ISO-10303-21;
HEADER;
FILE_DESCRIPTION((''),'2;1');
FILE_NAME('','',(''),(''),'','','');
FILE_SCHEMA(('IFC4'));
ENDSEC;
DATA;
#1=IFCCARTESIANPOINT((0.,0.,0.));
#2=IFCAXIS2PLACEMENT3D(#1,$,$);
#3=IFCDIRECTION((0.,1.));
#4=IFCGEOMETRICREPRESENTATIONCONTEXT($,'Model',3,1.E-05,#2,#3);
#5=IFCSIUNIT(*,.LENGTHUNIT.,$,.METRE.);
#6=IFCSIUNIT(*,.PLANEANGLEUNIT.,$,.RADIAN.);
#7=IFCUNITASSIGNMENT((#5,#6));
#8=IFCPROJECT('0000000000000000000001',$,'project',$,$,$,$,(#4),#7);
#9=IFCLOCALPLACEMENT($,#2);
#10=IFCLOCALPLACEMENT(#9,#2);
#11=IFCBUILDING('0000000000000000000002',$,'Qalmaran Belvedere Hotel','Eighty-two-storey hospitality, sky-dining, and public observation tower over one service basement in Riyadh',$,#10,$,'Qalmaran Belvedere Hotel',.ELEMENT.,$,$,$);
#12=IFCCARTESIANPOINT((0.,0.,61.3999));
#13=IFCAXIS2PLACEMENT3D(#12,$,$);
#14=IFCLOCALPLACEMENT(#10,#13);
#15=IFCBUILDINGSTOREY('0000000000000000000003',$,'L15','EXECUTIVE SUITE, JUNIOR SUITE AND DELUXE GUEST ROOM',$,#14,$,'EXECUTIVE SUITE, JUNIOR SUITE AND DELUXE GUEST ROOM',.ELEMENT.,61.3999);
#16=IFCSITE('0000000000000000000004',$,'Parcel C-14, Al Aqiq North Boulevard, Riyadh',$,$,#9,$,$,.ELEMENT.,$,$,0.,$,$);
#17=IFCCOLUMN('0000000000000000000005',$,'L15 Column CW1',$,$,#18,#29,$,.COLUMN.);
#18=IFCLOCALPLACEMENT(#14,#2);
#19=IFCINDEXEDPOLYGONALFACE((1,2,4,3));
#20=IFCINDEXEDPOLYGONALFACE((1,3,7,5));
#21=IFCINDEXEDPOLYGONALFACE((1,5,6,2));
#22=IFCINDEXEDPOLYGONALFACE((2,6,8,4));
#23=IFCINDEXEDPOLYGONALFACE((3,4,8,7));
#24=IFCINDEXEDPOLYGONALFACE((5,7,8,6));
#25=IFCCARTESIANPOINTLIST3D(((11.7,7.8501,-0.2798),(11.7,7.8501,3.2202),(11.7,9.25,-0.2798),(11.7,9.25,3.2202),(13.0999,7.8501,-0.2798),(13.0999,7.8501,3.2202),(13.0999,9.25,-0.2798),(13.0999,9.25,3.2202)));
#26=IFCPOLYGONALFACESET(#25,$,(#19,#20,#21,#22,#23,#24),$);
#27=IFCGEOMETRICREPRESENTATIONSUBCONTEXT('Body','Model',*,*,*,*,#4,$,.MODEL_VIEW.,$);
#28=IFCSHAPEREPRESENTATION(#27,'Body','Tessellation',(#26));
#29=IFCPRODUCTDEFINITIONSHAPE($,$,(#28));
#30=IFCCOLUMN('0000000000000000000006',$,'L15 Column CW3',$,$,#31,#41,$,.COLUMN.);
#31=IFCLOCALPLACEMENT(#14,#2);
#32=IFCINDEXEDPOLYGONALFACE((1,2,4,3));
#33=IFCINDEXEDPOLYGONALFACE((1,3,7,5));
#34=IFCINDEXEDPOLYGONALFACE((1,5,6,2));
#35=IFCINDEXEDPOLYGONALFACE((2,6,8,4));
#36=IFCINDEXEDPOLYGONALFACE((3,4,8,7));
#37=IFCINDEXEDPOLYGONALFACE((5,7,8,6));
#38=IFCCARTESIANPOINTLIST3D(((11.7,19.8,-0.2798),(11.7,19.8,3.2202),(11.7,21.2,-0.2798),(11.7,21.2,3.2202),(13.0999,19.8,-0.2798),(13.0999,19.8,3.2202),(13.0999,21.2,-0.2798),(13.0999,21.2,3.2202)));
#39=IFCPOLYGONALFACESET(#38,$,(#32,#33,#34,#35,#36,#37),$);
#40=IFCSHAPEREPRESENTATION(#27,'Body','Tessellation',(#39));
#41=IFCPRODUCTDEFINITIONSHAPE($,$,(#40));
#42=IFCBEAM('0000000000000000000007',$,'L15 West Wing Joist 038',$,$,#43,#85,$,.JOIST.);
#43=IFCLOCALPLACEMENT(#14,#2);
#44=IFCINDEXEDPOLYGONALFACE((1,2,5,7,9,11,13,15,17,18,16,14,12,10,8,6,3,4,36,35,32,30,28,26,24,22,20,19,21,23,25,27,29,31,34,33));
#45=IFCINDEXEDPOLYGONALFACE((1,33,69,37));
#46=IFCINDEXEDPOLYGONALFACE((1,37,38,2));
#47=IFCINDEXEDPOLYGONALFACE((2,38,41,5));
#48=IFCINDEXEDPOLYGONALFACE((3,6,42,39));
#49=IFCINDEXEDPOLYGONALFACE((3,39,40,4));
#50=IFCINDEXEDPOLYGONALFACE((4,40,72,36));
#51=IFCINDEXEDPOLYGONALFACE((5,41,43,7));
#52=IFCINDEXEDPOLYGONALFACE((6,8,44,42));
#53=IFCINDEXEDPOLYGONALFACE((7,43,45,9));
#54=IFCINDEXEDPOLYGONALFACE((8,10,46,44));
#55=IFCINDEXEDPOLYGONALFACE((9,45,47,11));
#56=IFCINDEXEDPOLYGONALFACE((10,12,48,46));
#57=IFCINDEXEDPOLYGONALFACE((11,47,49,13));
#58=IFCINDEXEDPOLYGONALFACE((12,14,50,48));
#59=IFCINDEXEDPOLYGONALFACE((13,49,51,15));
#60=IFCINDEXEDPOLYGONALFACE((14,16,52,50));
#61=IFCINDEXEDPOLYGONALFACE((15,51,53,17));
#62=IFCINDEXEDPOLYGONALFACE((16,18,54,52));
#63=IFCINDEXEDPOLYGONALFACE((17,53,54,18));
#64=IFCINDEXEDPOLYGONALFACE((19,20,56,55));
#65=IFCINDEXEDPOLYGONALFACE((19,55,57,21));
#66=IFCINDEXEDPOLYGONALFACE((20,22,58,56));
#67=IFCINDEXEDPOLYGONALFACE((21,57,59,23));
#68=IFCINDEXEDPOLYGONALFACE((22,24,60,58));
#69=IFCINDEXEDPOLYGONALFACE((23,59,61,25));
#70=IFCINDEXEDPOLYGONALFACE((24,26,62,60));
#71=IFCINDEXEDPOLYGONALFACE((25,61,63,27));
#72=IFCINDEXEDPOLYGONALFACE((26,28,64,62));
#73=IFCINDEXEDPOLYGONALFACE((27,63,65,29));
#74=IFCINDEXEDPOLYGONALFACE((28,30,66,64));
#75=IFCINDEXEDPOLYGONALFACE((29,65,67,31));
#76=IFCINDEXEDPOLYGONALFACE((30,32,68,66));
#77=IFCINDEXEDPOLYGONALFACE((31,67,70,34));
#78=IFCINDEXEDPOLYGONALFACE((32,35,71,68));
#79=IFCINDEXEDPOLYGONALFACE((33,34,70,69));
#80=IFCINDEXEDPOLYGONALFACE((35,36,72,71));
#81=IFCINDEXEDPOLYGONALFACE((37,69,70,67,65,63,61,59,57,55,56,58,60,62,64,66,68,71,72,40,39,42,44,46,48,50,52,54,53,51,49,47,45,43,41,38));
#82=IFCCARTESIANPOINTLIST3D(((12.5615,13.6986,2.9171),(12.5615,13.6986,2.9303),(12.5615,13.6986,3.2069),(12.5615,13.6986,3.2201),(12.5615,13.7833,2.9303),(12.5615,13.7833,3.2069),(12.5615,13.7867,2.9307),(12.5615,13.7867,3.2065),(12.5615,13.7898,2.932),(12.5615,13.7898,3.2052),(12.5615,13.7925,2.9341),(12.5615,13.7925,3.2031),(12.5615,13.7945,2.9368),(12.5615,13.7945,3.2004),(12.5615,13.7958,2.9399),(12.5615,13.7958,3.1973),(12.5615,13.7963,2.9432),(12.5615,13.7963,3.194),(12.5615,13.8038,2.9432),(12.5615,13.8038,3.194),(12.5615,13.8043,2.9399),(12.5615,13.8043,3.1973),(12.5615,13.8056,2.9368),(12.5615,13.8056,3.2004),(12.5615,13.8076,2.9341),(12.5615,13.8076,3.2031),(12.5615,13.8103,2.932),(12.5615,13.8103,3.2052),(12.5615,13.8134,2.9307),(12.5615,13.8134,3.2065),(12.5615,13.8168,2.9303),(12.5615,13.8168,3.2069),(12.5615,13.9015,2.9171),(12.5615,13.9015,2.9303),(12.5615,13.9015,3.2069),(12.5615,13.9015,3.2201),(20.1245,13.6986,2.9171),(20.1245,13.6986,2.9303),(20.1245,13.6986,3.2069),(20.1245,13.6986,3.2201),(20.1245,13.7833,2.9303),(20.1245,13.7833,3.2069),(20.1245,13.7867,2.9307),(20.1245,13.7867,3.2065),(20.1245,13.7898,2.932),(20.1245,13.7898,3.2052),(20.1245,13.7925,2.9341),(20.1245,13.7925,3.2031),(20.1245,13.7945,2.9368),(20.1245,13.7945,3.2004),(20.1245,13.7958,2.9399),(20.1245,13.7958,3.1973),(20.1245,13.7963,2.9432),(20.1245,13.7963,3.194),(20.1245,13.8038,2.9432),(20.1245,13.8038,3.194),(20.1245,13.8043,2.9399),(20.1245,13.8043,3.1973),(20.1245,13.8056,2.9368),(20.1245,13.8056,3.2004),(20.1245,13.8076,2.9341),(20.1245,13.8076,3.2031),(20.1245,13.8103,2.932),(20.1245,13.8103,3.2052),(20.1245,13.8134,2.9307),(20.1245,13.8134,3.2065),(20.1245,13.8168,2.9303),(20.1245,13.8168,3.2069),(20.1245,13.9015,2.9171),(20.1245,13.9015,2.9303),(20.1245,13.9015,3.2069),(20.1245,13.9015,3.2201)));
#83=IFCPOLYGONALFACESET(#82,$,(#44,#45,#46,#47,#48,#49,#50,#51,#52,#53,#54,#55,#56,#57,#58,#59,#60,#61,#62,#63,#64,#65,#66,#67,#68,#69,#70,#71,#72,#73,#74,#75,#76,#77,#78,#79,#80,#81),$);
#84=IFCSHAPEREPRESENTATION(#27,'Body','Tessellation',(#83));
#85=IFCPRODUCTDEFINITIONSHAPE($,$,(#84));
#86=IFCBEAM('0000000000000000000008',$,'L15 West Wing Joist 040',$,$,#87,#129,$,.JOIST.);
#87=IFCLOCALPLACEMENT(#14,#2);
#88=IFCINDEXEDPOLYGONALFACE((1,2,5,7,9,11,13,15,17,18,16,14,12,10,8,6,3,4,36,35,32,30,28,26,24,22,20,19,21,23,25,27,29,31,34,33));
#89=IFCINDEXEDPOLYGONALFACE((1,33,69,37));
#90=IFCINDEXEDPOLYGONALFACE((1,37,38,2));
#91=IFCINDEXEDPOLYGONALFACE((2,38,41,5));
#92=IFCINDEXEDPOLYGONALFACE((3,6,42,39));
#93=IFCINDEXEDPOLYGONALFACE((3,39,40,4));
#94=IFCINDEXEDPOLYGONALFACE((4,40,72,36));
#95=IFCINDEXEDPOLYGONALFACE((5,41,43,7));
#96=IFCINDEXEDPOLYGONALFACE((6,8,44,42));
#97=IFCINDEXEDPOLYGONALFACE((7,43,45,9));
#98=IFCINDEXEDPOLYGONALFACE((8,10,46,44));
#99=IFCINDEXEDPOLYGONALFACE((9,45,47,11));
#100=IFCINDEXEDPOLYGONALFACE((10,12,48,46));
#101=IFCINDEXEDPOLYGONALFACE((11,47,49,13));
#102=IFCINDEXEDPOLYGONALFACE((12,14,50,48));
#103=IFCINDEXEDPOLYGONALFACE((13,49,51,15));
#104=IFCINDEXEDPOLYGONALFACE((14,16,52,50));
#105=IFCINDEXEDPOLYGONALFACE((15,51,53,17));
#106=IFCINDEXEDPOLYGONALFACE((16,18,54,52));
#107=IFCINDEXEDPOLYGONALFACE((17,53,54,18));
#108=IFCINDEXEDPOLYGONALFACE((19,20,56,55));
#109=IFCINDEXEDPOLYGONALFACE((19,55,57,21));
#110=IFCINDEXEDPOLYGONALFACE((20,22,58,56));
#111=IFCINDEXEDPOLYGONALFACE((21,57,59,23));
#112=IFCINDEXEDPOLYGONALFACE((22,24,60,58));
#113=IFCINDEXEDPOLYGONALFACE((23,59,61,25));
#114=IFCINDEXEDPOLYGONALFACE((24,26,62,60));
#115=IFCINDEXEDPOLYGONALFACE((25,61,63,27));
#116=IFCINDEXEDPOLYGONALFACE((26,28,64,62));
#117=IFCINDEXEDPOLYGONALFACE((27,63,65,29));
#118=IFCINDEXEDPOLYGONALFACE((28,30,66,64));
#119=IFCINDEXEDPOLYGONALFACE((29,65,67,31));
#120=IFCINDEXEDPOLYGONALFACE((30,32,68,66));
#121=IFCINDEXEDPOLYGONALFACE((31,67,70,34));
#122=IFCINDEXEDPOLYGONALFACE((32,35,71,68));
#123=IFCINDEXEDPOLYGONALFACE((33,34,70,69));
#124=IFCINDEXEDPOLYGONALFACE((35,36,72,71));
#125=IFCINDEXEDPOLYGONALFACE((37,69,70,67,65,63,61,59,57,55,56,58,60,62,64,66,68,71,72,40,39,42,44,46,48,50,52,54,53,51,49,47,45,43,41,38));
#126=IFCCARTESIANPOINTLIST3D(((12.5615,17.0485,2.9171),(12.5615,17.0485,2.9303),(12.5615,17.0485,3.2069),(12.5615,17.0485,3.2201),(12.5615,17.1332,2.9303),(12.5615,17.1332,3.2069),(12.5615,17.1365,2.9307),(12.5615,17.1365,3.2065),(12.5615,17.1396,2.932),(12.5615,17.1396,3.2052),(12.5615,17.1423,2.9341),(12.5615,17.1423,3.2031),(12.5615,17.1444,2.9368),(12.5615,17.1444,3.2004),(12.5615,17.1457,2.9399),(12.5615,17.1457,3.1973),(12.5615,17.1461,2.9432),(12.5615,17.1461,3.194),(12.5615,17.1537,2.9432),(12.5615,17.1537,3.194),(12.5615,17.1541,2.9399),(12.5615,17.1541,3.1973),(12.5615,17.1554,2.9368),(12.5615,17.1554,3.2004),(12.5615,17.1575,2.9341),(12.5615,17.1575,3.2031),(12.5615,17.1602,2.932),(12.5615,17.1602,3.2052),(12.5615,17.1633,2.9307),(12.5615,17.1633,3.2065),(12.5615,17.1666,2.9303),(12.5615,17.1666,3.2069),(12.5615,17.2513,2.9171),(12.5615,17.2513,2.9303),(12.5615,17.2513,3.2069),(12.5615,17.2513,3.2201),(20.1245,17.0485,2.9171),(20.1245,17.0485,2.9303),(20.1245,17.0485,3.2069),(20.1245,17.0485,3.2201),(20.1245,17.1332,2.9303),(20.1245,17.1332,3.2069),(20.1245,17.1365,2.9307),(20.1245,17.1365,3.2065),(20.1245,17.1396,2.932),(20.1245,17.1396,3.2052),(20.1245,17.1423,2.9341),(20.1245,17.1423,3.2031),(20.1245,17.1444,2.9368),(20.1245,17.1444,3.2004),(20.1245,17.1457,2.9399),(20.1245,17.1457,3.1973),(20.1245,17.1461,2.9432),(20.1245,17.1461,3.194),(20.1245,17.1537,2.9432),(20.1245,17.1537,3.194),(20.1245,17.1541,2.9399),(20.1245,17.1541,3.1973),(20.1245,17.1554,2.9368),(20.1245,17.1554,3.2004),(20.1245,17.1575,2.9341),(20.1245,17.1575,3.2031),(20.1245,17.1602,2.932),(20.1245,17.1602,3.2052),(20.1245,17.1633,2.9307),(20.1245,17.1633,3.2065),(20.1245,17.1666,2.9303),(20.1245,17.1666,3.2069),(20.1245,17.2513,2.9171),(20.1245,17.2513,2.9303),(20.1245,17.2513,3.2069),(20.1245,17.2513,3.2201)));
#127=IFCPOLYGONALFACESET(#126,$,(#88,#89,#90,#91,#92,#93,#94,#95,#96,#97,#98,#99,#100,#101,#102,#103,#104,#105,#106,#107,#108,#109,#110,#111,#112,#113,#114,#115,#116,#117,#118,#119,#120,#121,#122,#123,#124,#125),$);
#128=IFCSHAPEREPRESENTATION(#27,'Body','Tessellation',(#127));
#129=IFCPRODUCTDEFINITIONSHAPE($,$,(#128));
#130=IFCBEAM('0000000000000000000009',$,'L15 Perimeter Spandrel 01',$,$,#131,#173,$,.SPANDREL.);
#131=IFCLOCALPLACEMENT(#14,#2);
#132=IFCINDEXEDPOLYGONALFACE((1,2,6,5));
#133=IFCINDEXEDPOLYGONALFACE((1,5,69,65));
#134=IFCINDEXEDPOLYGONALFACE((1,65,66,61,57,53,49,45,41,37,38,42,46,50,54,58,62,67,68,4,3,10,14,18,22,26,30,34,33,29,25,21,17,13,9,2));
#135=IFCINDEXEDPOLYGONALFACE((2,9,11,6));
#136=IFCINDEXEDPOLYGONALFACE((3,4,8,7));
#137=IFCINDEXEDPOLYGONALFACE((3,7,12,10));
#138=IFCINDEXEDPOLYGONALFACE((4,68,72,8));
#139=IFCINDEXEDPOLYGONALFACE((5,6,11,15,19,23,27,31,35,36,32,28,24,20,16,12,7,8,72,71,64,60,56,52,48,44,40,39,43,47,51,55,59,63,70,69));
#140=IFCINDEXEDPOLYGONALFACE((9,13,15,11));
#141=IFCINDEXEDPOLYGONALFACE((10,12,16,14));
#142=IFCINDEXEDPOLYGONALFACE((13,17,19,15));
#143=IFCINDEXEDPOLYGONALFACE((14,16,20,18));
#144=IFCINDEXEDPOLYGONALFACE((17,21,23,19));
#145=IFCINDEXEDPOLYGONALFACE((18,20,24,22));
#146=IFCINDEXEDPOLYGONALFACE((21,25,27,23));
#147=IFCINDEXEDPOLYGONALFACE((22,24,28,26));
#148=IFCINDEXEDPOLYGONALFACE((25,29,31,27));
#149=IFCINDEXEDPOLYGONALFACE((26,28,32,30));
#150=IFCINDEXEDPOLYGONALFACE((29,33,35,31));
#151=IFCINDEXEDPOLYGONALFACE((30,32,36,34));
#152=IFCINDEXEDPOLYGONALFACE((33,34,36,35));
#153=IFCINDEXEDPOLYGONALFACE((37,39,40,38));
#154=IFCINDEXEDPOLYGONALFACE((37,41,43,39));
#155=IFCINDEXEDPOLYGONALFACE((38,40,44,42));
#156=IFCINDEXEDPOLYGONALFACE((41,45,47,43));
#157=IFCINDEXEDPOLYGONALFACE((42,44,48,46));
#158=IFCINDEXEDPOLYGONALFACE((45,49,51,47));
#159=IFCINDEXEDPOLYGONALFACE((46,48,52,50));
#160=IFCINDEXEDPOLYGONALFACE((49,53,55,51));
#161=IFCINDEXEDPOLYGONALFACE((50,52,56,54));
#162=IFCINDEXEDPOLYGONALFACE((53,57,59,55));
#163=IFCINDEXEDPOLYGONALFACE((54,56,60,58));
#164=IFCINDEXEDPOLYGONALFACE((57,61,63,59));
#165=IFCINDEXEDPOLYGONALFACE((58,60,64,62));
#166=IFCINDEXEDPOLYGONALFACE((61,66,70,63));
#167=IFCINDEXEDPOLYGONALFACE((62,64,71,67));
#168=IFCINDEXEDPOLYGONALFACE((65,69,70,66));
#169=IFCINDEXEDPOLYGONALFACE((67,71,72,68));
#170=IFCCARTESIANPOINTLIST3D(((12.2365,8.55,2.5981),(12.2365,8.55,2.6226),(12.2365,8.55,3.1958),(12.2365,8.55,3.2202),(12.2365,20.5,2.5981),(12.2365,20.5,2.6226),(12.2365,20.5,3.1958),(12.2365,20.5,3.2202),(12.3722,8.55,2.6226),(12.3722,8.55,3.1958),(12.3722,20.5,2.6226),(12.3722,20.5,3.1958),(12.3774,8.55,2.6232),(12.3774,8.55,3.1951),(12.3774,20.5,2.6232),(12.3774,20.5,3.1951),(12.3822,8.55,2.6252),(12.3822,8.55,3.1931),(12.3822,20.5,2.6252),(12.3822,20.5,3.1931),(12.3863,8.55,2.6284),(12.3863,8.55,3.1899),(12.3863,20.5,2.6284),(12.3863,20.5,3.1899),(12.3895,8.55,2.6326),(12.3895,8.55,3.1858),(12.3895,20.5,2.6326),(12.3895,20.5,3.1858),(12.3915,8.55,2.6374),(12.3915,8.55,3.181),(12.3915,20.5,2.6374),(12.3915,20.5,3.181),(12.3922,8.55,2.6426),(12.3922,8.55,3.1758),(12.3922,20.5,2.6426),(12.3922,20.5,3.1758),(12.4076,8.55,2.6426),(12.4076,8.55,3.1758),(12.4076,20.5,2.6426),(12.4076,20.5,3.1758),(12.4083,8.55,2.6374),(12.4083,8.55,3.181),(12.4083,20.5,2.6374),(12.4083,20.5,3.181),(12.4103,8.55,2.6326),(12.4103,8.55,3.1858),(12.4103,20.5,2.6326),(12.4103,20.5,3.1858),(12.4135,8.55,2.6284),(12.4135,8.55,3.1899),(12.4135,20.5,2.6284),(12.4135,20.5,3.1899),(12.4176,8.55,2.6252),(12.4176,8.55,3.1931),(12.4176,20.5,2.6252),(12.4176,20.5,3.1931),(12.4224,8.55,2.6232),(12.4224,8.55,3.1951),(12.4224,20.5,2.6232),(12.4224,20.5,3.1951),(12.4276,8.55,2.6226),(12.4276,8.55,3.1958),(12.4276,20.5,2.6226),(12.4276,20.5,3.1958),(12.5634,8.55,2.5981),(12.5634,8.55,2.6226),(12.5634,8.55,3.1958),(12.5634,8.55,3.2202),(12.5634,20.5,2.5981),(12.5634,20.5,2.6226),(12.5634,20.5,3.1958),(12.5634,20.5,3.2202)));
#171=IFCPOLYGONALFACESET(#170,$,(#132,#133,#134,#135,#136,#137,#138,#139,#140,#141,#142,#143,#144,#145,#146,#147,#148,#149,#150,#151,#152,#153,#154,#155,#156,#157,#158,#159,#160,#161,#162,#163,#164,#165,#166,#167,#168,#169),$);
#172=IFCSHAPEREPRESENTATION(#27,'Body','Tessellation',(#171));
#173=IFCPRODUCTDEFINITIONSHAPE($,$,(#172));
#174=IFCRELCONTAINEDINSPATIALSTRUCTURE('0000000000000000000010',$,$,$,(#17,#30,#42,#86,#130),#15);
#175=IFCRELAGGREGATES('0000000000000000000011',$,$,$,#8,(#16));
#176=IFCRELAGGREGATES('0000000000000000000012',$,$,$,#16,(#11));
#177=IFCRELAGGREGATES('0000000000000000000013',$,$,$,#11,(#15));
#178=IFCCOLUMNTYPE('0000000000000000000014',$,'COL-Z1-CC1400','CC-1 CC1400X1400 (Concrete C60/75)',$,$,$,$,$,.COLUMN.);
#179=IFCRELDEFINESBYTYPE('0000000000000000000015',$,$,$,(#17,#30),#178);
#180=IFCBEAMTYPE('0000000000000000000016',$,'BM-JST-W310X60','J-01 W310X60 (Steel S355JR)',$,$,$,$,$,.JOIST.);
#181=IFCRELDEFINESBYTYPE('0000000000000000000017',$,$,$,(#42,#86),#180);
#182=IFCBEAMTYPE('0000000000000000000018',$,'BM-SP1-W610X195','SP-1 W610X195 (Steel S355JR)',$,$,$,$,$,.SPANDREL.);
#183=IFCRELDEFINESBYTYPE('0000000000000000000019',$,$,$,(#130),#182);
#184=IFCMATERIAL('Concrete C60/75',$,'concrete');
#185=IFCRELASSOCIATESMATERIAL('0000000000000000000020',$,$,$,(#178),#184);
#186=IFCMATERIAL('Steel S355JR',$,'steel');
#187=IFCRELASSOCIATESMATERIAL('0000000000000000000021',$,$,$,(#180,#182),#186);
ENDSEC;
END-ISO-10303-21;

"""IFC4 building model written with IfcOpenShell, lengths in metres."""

from ifc_helpers import new_model, si_unit, direction, frame, origin, origin_2d, place, context, subcontext, project, spatial, rectangle, i_section, extrude, material, material_profile, profile_set, type_object, element, save


model = new_model("IFC4")

# Units and contexts
model_context = context("Model", 3, precision=1e-05, world=origin(), true_north=direction((0.0, 1.0)))
body_context = subcontext(model_context, "Body", "Model", "MODEL_VIEW")
ifc_project = project(units=[si_unit("LENGTHUNIT", "METRE"), si_unit("PLANEANGLEUNIT", "RADIAN")], contexts=[model_context])

# Site, building, storey
site_placement = place(None, origin())
site = spatial("IfcSite", under=ifc_project, at=site_placement, Name="Parcel C-14, Al Aqiq North Boulevard, Riyadh", CompositionType="ELEMENT", RefElevation=0.0)
building_placement = place(site_placement, origin())
building = spatial("IfcBuilding", under=site, at=building_placement, Name="Qalmaran Belvedere Hotel", Description="Eighty-two-storey hospitality, sky-dining, and public observation tower over one service basement in Riyadh", LongName="Qalmaran Belvedere Hotel", CompositionType="ELEMENT")
storey_placement = place(building_placement, frame((0.0, 0.0, 61.3999)))
storey = spatial("IfcBuildingStorey", under=building, at=storey_placement, Name="L15", Description="EXECUTIVE SUITE, JUNIOR SUITE AND DELUXE GUEST ROOM", LongName="EXECUTIVE SUITE, JUNIOR SUITE AND DELUXE GUEST ROOM", CompositionType="ELEMENT", Elevation=61.3999)

# Columns
ifc_material_1 = material(Name="Concrete C60/75", Category="concrete")
ifc_material_profile_1 = material_profile(ifc_material_1, rectangle(XDim=1.3999, YDim=1.3999, at=origin_2d()), Name="CC1400X1400")
ifc_profile_set_1 = profile_set([ifc_material_profile_1], Name="Concrete C60/75")
column_type = type_object("IfcColumnType", Name="COL-Z1-CC1400", Description="CC-1 CC1400X1400 (Concrete C60/75)", PredefinedType="COLUMN", material=ifc_profile_set_1)
for number, where, z_axis, x_axis, name in (
    (1, (12.3999, 8.55, -0.2798), (0.0, 0.0, 1.0), (1.0, 0.0, 0.0), "L15 Column CW1"),
    (2, (12.3999, 20.5, -0.2798), (0.0, 0.0, 1.0), (1.0, 0.0, 0.0), "L15 Column CW3"),
):
    element("IfcColumn", number, at=place(storey_placement, frame(where, z_axis=z_axis, x_axis=x_axis)), inside=storey, type_object=column_type, Name=name, PredefinedType="COLUMN", context=body_context, shape_type="SweptSolid", body=[
        extrude(rectangle(XDim=1.3999, YDim=1.3999, at=origin_2d()), origin(), (0.0, 0.0, 1.0), 3.5),
    ])

# Beams
ifc_material_2 = material(Name="Steel S355JR", Category="steel")
ifc_material_profile_2 = material_profile(ifc_material_2, i_section(OverallWidth=0.2029, OverallDepth=0.303, WebThickness=0.0076, FlangeThickness=0.0132, FilletRadius=0.0129, at=origin_2d()), Name="W310X60")
ifc_profile_set_2 = profile_set([ifc_material_profile_2], Name="Steel S355JR")
beam_type_1 = type_object("IfcBeamType", Name="BM-JST-W310X60", Description="J-01 W310X60 (Steel S355JR)", PredefinedType="JOIST", material=ifc_profile_set_2)
for number, where, z_axis, x_axis, name in (
    (3, (12.5615, 13.8, 3.0686), (1.0, 0.0, 0.0), (0.0, 1.0, 0.0), "L15 West Wing Joist 038"),
    (4, (12.5615, 17.1499, 3.0686), (1.0, 0.0, 0.0), (0.0, 1.0, 0.0), "L15 West Wing Joist 040"),
):
    element("IfcBeam", number, at=place(storey_placement, frame(where, z_axis=z_axis, x_axis=x_axis)), inside=storey, type_object=beam_type_1, Name=name, PredefinedType="JOIST", context=body_context, shape_type="SweptSolid", body=[
        extrude(i_section(OverallWidth=0.2029, OverallDepth=0.303, WebThickness=0.0076, FlangeThickness=0.0132, FilletRadius=0.0129, at=origin_2d()), origin(), (0.0, 0.0, 1.0), 7.563),
    ])
ifc_material_profile_3 = material_profile(ifc_material_2, i_section(OverallWidth=0.3269, OverallDepth=0.6221, WebThickness=0.0154, FlangeThickness=0.0244, FilletRadius=0.02, at=origin_2d()), Name="W610X195")
ifc_profile_set_3 = profile_set([ifc_material_profile_3], Name="Steel S355JR")
beam_type_2 = type_object("IfcBeamType", Name="BM-SP1-W610X195", Description="SP-1 W610X195 (Steel S355JR)", PredefinedType="SPANDREL", material=ifc_profile_set_3)
beam_1_placement = place(storey_placement, frame((12.3999, 8.55, 2.9092), z_axis=(0.0, 1.0, 0.0), x_axis=(-1.0, 0.0, 0.0)))
element("IfcBeam", 5, at=beam_1_placement, inside=storey, type_object=beam_type_2, Name="L15 Perimeter Spandrel 01", PredefinedType="SPANDREL", context=body_context, shape_type="SweptSolid", body=[
    extrude(i_section(OverallWidth=0.3269, OverallDepth=0.6221, WebThickness=0.0154, FlangeThickness=0.0244, FilletRadius=0.02, at=origin_2d()), origin(), (0.0, 0.0, 1.0), 11.95),
])

save(model, "model.ifc")
